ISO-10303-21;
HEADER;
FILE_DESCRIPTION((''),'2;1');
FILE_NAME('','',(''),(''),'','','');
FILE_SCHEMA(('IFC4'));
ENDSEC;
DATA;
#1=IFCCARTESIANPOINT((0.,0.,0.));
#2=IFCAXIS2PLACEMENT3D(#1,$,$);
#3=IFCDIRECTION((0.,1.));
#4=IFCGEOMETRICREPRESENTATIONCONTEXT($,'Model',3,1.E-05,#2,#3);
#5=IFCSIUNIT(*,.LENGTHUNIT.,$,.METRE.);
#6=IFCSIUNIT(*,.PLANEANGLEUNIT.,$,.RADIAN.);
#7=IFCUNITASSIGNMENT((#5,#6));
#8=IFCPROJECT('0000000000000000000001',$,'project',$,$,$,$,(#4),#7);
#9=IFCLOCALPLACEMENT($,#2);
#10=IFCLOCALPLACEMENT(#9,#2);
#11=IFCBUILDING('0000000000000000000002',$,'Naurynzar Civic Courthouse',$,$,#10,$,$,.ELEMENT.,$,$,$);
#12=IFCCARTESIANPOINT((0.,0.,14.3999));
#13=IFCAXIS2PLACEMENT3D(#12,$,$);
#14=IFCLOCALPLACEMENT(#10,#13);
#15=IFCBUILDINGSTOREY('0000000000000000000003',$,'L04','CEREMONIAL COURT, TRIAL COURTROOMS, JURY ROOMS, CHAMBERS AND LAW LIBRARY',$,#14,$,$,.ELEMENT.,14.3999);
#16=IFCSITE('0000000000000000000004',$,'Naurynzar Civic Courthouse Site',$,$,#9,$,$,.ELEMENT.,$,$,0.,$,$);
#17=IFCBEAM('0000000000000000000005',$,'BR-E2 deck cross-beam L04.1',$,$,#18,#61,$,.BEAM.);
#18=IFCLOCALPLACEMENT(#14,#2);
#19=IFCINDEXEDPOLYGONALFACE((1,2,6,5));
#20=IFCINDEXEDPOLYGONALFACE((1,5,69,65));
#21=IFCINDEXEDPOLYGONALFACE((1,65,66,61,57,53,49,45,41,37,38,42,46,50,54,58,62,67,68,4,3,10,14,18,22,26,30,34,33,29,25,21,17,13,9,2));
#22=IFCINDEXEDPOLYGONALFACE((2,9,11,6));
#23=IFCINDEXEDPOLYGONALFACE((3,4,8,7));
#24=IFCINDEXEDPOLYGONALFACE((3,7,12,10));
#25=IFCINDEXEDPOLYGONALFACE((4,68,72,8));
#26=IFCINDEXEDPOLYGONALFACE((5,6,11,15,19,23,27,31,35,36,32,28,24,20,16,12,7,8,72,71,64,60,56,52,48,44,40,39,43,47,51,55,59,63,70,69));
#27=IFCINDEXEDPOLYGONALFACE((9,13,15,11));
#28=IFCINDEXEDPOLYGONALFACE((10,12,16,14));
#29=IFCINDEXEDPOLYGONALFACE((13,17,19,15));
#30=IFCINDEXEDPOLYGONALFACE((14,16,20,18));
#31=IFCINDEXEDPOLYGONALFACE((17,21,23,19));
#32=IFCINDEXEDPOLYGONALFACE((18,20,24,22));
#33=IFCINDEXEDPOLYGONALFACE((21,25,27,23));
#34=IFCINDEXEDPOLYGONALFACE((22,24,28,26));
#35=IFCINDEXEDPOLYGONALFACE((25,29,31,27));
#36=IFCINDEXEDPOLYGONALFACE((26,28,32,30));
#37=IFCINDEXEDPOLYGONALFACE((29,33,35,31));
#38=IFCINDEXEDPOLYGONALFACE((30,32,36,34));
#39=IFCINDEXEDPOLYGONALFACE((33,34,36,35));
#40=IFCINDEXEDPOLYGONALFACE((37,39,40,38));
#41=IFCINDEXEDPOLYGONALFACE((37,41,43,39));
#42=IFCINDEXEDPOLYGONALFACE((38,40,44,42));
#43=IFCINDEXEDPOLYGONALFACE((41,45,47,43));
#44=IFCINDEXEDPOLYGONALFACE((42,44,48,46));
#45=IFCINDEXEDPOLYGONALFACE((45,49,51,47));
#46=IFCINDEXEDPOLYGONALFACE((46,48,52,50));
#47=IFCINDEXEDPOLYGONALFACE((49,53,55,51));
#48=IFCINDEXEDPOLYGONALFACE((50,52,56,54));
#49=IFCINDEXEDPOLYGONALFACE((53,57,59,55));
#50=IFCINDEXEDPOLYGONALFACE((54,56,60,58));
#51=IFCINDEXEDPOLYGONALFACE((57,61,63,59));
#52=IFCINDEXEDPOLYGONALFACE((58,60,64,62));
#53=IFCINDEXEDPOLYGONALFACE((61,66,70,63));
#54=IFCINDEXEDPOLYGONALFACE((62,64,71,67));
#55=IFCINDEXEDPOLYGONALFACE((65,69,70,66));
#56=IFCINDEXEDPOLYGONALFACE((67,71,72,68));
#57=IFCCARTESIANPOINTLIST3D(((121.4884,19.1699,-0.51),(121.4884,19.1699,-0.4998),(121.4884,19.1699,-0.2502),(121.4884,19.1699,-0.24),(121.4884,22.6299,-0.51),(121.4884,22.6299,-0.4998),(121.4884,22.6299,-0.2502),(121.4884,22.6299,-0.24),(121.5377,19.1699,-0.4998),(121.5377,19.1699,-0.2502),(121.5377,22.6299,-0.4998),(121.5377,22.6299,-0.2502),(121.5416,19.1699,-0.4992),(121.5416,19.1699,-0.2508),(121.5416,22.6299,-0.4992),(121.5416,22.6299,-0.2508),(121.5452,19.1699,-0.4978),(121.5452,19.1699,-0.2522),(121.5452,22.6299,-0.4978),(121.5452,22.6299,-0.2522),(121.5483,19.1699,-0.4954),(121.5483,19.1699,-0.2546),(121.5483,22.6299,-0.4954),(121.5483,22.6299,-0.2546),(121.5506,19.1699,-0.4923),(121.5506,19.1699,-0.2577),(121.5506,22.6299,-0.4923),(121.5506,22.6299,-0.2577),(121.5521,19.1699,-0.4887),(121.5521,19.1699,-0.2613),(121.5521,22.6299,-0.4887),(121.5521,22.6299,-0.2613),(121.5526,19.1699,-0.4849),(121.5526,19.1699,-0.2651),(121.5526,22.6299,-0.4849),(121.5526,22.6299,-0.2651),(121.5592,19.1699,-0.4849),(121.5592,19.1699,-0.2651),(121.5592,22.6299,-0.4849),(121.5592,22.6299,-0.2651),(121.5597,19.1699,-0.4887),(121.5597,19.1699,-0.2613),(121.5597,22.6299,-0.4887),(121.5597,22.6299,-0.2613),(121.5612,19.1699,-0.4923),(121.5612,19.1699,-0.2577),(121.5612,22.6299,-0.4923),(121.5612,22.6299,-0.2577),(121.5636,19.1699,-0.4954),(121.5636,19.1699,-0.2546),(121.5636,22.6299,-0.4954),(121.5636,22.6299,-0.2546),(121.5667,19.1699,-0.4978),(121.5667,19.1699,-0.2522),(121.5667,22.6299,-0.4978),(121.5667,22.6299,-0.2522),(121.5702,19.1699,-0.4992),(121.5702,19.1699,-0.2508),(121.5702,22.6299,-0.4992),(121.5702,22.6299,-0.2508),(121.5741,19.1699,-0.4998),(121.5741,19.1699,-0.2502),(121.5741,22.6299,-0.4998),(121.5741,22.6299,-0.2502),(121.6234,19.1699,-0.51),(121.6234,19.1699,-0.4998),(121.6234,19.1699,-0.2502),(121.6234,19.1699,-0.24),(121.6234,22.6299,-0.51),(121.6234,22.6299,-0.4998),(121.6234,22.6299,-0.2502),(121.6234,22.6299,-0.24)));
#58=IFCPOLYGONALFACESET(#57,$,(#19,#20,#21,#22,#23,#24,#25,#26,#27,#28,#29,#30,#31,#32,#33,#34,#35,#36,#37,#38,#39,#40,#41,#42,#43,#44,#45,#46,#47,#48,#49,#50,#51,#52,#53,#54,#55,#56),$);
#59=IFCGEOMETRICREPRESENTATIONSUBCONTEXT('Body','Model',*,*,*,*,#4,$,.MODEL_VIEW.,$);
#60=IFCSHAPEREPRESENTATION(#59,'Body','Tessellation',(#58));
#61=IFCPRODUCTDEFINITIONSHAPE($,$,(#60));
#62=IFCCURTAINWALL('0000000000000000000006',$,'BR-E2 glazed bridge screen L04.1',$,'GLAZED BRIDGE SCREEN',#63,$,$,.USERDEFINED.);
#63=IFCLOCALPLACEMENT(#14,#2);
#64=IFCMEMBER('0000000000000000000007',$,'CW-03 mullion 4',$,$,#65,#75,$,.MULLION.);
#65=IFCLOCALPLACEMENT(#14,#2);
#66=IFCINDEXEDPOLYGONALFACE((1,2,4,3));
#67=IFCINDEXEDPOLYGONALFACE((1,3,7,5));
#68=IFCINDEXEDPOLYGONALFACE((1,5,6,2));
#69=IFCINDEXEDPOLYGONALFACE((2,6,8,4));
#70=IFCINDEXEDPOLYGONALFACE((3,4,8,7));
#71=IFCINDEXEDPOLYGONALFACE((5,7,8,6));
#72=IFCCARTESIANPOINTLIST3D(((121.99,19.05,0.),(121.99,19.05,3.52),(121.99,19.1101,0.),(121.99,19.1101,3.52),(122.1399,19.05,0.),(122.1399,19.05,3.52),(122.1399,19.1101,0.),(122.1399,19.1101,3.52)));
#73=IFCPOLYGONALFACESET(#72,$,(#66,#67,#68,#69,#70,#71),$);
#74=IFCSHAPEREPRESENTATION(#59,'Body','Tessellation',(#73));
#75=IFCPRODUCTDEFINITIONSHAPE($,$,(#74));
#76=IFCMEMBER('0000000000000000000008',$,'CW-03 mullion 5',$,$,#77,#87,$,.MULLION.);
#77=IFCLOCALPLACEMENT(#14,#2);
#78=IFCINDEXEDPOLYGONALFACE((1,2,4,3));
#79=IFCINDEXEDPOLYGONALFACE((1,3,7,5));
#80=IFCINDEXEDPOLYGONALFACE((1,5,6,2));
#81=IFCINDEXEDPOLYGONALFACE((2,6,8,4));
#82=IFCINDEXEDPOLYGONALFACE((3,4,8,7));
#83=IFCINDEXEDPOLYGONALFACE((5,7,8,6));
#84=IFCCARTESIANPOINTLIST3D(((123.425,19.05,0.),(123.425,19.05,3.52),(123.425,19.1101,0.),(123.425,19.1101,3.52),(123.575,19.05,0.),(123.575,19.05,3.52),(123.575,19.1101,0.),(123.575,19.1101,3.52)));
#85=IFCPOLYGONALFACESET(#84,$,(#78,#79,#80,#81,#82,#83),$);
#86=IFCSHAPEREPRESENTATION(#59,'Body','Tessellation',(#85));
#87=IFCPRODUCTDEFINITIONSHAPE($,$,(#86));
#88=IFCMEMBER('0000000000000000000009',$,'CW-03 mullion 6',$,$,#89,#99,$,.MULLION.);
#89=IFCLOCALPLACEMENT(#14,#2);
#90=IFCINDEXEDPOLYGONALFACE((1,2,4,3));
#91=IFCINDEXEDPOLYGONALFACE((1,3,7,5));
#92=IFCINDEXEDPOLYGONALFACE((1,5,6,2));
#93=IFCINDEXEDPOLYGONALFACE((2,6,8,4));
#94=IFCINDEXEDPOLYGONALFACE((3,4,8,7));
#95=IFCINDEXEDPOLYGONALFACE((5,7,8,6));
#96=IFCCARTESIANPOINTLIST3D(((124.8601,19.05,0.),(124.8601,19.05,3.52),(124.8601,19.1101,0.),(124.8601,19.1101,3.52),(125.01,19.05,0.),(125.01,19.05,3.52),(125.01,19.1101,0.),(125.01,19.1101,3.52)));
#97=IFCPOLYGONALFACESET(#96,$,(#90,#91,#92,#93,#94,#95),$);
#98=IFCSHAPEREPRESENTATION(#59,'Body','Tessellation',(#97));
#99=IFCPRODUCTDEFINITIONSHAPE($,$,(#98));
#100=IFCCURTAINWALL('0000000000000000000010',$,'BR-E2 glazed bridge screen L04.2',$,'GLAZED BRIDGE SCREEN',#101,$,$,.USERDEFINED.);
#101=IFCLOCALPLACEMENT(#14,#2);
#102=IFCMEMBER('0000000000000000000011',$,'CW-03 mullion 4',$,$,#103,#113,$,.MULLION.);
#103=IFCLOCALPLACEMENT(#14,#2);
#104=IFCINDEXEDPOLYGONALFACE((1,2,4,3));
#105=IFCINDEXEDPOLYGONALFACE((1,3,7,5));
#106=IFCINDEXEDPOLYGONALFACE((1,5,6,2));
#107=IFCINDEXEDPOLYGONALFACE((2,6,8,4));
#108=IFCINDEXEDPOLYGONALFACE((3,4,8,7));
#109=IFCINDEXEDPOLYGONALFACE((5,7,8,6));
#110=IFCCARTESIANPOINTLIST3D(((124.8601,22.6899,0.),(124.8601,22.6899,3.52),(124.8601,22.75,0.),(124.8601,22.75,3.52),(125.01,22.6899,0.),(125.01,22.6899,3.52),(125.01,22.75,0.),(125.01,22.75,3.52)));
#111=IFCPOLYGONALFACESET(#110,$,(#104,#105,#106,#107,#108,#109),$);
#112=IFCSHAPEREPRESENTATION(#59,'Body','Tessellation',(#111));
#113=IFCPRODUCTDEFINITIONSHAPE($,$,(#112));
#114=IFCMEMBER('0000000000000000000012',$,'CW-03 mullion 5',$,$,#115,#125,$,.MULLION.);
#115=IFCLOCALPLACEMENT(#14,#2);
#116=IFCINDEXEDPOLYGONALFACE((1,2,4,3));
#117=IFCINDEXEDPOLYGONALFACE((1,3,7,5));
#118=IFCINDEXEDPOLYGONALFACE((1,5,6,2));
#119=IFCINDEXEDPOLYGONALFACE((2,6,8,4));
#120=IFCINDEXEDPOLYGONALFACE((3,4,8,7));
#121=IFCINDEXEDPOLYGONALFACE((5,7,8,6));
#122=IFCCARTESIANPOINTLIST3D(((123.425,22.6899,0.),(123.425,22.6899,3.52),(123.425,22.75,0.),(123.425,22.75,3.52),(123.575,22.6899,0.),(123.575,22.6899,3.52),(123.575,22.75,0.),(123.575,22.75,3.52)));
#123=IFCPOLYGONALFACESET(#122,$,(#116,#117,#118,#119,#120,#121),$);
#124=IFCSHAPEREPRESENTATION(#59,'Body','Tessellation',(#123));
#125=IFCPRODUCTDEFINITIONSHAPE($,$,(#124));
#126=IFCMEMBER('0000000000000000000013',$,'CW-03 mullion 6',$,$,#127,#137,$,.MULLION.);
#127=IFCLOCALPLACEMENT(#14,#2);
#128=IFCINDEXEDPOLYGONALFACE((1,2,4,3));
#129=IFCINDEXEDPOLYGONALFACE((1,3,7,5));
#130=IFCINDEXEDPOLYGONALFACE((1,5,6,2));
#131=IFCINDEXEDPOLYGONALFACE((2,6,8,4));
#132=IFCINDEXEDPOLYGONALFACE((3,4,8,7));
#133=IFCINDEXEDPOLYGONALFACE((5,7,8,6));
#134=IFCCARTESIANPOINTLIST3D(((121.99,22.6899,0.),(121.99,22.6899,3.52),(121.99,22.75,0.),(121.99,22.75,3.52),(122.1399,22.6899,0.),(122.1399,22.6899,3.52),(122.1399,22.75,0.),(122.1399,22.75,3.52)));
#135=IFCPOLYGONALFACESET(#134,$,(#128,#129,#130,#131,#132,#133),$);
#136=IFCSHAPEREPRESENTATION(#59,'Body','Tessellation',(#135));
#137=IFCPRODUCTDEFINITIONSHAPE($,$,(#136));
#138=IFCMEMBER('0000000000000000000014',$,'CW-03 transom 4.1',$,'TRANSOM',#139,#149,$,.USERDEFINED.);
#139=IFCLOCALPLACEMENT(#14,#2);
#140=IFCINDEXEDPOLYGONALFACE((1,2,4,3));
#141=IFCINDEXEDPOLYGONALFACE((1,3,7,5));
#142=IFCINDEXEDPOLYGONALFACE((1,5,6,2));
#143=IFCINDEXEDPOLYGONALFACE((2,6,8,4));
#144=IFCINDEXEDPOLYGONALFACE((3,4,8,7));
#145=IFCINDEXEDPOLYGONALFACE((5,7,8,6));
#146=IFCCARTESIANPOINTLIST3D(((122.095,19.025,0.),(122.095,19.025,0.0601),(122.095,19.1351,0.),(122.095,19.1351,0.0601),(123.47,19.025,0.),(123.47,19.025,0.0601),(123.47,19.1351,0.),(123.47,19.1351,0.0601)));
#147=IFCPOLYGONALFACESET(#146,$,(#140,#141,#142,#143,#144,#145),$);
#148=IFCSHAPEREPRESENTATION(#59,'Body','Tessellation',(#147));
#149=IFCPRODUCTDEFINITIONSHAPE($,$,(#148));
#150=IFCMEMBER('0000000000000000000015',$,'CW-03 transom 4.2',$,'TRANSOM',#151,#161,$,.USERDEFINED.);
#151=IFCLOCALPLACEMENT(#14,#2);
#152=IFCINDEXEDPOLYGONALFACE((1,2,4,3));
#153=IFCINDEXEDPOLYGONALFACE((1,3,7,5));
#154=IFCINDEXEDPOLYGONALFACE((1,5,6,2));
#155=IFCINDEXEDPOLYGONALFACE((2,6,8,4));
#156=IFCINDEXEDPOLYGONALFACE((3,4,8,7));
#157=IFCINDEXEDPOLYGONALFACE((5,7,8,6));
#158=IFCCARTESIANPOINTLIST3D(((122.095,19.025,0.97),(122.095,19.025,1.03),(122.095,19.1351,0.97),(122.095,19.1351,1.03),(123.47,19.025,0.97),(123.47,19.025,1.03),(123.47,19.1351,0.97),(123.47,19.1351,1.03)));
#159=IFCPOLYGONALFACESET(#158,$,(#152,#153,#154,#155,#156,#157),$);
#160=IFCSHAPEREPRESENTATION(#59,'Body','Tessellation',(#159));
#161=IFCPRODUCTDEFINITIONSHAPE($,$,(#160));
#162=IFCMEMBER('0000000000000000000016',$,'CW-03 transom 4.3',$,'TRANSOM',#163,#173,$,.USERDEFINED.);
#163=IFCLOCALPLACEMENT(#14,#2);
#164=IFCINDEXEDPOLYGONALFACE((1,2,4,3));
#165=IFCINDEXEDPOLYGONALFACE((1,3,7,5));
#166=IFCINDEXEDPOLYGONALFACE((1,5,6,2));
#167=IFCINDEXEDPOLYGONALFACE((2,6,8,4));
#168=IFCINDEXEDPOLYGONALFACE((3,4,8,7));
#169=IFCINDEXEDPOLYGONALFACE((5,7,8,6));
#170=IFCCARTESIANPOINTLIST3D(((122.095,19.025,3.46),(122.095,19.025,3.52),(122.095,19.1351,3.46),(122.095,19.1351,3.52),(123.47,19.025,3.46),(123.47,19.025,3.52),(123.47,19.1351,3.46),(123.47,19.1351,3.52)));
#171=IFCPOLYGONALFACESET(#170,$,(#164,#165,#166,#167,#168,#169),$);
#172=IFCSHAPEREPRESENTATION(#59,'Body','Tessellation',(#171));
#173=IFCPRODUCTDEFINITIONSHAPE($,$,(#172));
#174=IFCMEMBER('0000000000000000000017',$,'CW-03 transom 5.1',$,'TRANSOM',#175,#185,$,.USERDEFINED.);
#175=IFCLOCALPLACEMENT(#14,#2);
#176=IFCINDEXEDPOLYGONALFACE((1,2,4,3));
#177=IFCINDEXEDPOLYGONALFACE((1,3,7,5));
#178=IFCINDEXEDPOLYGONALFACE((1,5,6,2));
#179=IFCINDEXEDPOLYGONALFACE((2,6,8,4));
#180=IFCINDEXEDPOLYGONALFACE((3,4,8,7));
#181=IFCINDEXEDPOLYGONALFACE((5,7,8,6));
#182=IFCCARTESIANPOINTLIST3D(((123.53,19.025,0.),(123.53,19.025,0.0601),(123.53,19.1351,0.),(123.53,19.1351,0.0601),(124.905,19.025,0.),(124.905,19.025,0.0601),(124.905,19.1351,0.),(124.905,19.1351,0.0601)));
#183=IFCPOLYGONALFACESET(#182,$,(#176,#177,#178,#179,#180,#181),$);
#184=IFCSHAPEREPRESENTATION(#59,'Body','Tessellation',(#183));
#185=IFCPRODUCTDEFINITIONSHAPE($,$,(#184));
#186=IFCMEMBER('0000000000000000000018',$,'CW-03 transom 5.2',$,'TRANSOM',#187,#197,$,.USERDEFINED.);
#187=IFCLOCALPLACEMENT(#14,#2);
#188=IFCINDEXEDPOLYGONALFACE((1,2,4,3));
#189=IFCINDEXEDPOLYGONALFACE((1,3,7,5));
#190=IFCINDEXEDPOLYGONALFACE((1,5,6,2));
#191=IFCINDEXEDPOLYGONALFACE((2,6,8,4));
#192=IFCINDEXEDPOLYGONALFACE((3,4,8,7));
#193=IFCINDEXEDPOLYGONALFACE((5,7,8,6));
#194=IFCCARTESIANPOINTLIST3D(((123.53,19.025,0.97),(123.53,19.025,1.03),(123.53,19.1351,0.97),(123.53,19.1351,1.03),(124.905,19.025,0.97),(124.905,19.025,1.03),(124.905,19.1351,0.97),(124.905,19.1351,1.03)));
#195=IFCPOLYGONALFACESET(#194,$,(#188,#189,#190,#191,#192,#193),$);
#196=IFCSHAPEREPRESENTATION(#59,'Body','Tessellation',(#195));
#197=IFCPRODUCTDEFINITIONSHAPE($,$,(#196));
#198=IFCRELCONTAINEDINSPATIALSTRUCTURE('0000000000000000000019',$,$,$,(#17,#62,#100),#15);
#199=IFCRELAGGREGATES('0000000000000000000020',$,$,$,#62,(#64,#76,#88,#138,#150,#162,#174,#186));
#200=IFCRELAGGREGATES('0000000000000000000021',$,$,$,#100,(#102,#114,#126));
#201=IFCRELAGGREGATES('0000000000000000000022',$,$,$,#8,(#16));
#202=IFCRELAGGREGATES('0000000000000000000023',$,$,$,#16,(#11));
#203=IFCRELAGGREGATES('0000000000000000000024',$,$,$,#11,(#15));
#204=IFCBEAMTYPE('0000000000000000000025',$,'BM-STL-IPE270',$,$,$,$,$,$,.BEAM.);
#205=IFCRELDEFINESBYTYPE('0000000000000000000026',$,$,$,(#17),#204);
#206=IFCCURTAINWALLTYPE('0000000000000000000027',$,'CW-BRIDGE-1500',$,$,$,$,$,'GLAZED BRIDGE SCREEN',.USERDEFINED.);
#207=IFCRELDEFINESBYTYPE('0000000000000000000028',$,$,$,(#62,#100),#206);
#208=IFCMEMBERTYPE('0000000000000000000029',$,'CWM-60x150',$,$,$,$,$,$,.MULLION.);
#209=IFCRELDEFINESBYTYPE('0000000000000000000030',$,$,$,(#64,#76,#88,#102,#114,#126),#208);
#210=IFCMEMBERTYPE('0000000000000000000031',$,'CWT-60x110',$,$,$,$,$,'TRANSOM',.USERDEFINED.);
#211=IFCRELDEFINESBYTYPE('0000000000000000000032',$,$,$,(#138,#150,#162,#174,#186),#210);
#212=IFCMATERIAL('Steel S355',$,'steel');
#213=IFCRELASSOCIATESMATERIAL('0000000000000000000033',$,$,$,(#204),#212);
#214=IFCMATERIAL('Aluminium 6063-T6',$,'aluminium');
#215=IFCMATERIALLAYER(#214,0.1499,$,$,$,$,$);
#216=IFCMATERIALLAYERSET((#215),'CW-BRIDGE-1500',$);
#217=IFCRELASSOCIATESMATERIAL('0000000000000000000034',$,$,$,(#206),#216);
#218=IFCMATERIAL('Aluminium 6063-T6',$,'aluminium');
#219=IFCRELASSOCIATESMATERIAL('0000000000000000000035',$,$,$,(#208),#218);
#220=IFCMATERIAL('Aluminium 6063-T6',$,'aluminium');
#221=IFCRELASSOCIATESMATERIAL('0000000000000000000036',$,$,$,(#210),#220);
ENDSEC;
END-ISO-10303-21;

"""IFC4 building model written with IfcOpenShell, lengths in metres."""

from ifc_helpers import new_model, si_unit, direction, frame, origin, origin_2d, place, context, subcontext, project, spatial, rectangle, i_section, extrude, material, layer, layer_set, material_profile, profile_set, type_object, element, aggregate, save


model = new_model("IFC4")

# Units and contexts
model_context = context("Model", 3, precision=1e-05, world=origin(), true_north=direction((0.0, 1.0)))
body_context = subcontext(model_context, "Body", "Model", "MODEL_VIEW")
ifc_project = project(units=[si_unit("LENGTHUNIT", "METRE"), si_unit("PLANEANGLEUNIT", "RADIAN")], contexts=[model_context])

# Site, building, storey
site_placement = place(None, origin())
site = spatial("IfcSite", under=ifc_project, at=site_placement, Name="Naurynzar Civic Courthouse Site", CompositionType="ELEMENT", RefElevation=0.0)
building_placement = place(site_placement, origin())
building = spatial("IfcBuilding", under=site, at=building_placement, Name="Naurynzar Civic Courthouse", CompositionType="ELEMENT")
storey_placement = place(building_placement, frame((0.0, 0.0, 14.3999)))
storey = spatial("IfcBuildingStorey", under=building, at=storey_placement, Name="L04", Description="CEREMONIAL COURT, TRIAL COURTROOMS, JURY ROOMS, CHAMBERS AND LAW LIBRARY", CompositionType="ELEMENT", Elevation=14.3999)

# Beam
ifc_material_1 = material(Name="Steel S355", Category="steel")
ifc_material_profile_1 = material_profile(ifc_material_1, i_section(OverallWidth=0.135, OverallDepth=0.27, WebThickness=0.0066, FlangeThickness=0.0103, FilletRadius=0.0149, at=origin_2d()), Name="IPE 270")
ifc_profile_set_1 = profile_set([ifc_material_profile_1], Name="Steel S355")
beam_type = type_object("IfcBeamType", Name="BM-STL-IPE270", PredefinedType="BEAM", material=ifc_profile_set_1)
beam_placement = place(storey_placement, frame((121.5559, 19.1699, -0.375), z_axis=(0.0, 1.0, 0.0), x_axis=(-1.0, 0.0, 0.0)))
element("IfcBeam", 1, at=beam_placement, inside=storey, type_object=beam_type, Name="BR-E2 deck cross-beam L04.1", PredefinedType="BEAM", context=body_context, shape_type="SweptSolid", body=[
    extrude(i_section(OverallWidth=0.135, OverallDepth=0.27, WebThickness=0.0066, FlangeThickness=0.0103, FilletRadius=0.0149, at=origin_2d()), origin(), (0.0, 0.0, 1.0), 3.46),
])

# Curtain walls, members
ifc_material_2 = material(Name="Aluminium 6063-T6", Category="aluminium")
ifc_layer_1 = layer(ifc_material_2, 0.1499)
ifc_layer_set_1 = layer_set([ifc_layer_1], Name="CW-BRIDGE-1500")
curtain_wall_type = type_object("IfcCurtainWallType", Name="CW-BRIDGE-1500", ElementType="GLAZED BRIDGE SCREEN", PredefinedType="USERDEFINED", material=ifc_layer_set_1)
curtain_wall_1_placement = place(storey_placement, origin())
curtain_wall_1 = element("IfcCurtainWall", 2, at=curtain_wall_1_placement, inside=storey, type_object=curtain_wall_type, Name="BR-E2 glazed bridge screen L04.1", ObjectType="GLAZED BRIDGE SCREEN", PredefinedType="USERDEFINED")
ifc_material_3 = material(Name="Aluminium 6063-T6", Category="aluminium")
ifc_material_profile_2 = material_profile(ifc_material_3, rectangle(XDim=0.0601, YDim=0.1499, at=origin_2d()), Name="ALU MULLION 60x150")
ifc_profile_set_2 = profile_set([ifc_material_profile_2], Name="Aluminium 6063-T6")
member_type_1 = type_object("IfcMemberType", Name="CWM-60x150", PredefinedType="MULLION", material=ifc_profile_set_2)
member_1_placement = place(storey_placement, frame((122.0649, 19.0801, 0.0), z_axis=(0.0, 0.0, 1.0), x_axis=(0.0, 1.0, 0.0)))
member_1 = element("IfcMember", 3, at=member_1_placement, type_object=member_type_1, Name="CW-03 mullion 4", PredefinedType="MULLION", context=body_context, shape_type="SweptSolid", body=[
    extrude(rectangle(XDim=0.0601, YDim=0.1499, at=origin_2d()), origin(), (0.0, 0.0, 1.0), 3.52),
])
member_2_placement = place(storey_placement, frame((123.5, 19.0801, 0.0), z_axis=(0.0, 0.0, 1.0), x_axis=(0.0, 1.0, 0.0)))
member_2 = element("IfcMember", 4, at=member_2_placement, type_object=member_type_1, Name="CW-03 mullion 5", PredefinedType="MULLION", context=body_context, shape_type="SweptSolid", body=[
    extrude(rectangle(XDim=0.0601, YDim=0.1499, at=origin_2d()), origin(), (0.0, 0.0, 1.0), 3.52),
])
member_3_placement = place(storey_placement, frame((124.9351, 19.0801, 0.0), z_axis=(0.0, 0.0, 1.0), x_axis=(0.0, 1.0, 0.0)))
member_3 = element("IfcMember", 5, at=member_3_placement, type_object=member_type_1, Name="CW-03 mullion 6", PredefinedType="MULLION", context=body_context, shape_type="SweptSolid", body=[
    extrude(rectangle(XDim=0.0601, YDim=0.1499, at=origin_2d()), origin(), (0.0, 0.0, 1.0), 3.52),
])
curtain_wall_2_placement = place(storey_placement, origin())
curtain_wall_2 = element("IfcCurtainWall", 6, at=curtain_wall_2_placement, inside=storey, type_object=curtain_wall_type, Name="BR-E2 glazed bridge screen L04.2", ObjectType="GLAZED BRIDGE SCREEN", PredefinedType="USERDEFINED")
member_4_placement = place(storey_placement, frame((124.9351, 22.72, 0.0), z_axis=(0.0, 0.0, 1.0), x_axis=(0.0, -1.0, 0.0)))
member_4 = element("IfcMember", 7, at=member_4_placement, type_object=member_type_1, Name="CW-03 mullion 4", PredefinedType="MULLION", context=body_context, shape_type="SweptSolid", body=[
    extrude(rectangle(XDim=0.0601, YDim=0.1499, at=origin_2d()), origin(), (0.0, 0.0, 1.0), 3.52),
])
member_5_placement = place(storey_placement, frame((123.5, 22.72, 0.0), z_axis=(0.0, 0.0, 1.0), x_axis=(0.0, -1.0, 0.0)))
member_5 = element("IfcMember", 8, at=member_5_placement, type_object=member_type_1, Name="CW-03 mullion 5", PredefinedType="MULLION", context=body_context, shape_type="SweptSolid", body=[
    extrude(rectangle(XDim=0.0601, YDim=0.1499, at=origin_2d()), origin(), (0.0, 0.0, 1.0), 3.52),
])
member_6_placement = place(storey_placement, frame((122.0649, 22.72, 0.0), z_axis=(0.0, 0.0, 1.0), x_axis=(0.0, -1.0, 0.0)))
member_6 = element("IfcMember", 9, at=member_6_placement, type_object=member_type_1, Name="CW-03 mullion 6", PredefinedType="MULLION", context=body_context, shape_type="SweptSolid", body=[
    extrude(rectangle(XDim=0.0601, YDim=0.1499, at=origin_2d()), origin(), (0.0, 0.0, 1.0), 3.52),
])

# Members
ifc_material_4 = material(Name="Aluminium 6063-T6", Category="aluminium")
ifc_material_profile_3 = material_profile(ifc_material_4, rectangle(XDim=0.1101, YDim=0.0601, at=origin_2d()), Name="ALU TRANSOM 60x110")
ifc_profile_set_3 = profile_set([ifc_material_profile_3], Name="Aluminium 6063-T6")
member_type_2 = type_object("IfcMemberType", Name="CWT-60x110", ElementType="TRANSOM", PredefinedType="USERDEFINED", material=ifc_profile_set_3)
member_7_placement = place(storey_placement, frame((122.095, 19.0801, 0.03), z_axis=(1.0, 0.0, 0.0), x_axis=(0.0, 1.0, 0.0)))
member_7 = element("IfcMember", 10, at=member_7_placement, type_object=member_type_2, Name="CW-03 transom 4.1", ObjectType="TRANSOM", PredefinedType="USERDEFINED", context=body_context, shape_type="SweptSolid", body=[
    extrude(rectangle(XDim=0.1101, YDim=0.0601, at=origin_2d()), origin(), (0.0, 0.0, 1.0), 1.375),
])
member_8_placement = place(storey_placement, frame((122.095, 19.0801, 1.0), z_axis=(1.0, 0.0, 0.0), x_axis=(0.0, 1.0, 0.0)))
member_8 = element("IfcMember", 11, at=member_8_placement, type_object=member_type_2, Name="CW-03 transom 4.2", ObjectType="TRANSOM", PredefinedType="USERDEFINED", context=body_context, shape_type="SweptSolid", body=[
    extrude(rectangle(XDim=0.1101, YDim=0.0601, at=origin_2d()), origin(), (0.0, 0.0, 1.0), 1.375),
])
member_9_placement = place(storey_placement, frame((122.095, 19.0801, 3.49), z_axis=(1.0, 0.0, 0.0), x_axis=(0.0, 1.0, 0.0)))
member_9 = element("IfcMember", 12, at=member_9_placement, type_object=member_type_2, Name="CW-03 transom 4.3", ObjectType="TRANSOM", PredefinedType="USERDEFINED", context=body_context, shape_type="SweptSolid", body=[
    extrude(rectangle(XDim=0.1101, YDim=0.0601, at=origin_2d()), origin(), (0.0, 0.0, 1.0), 1.375),
])
member_10_placement = place(storey_placement, frame((123.53, 19.0801, 0.03), z_axis=(1.0, 0.0, 0.0), x_axis=(0.0, 1.0, 0.0)))
member_10 = element("IfcMember", 13, at=member_10_placement, type_object=member_type_2, Name="CW-03 transom 5.1", ObjectType="TRANSOM", PredefinedType="USERDEFINED", context=body_context, shape_type="SweptSolid", body=[
    extrude(rectangle(XDim=0.1101, YDim=0.0601, at=origin_2d()), origin(), (0.0, 0.0, 1.0), 1.375),
])
member_11_placement = place(storey_placement, frame((123.53, 19.0801, 1.0), z_axis=(1.0, 0.0, 0.0), x_axis=(0.0, 1.0, 0.0)))
member_11 = element("IfcMember", 14, at=member_11_placement, type_object=member_type_2, Name="CW-03 transom 5.2", ObjectType="TRANSOM", PredefinedType="USERDEFINED", context=body_context, shape_type="SweptSolid", body=[
    extrude(rectangle(XDim=0.1101, YDim=0.0601, at=origin_2d()), origin(), (0.0, 0.0, 1.0), 1.375),
])

aggregate(curtain_wall_1, [member_1, member_2, member_3, member_7, member_8, member_9, member_10, member_11])
aggregate(curtain_wall_2, [member_4, member_5, member_6])

save(model, "model.ifc")
